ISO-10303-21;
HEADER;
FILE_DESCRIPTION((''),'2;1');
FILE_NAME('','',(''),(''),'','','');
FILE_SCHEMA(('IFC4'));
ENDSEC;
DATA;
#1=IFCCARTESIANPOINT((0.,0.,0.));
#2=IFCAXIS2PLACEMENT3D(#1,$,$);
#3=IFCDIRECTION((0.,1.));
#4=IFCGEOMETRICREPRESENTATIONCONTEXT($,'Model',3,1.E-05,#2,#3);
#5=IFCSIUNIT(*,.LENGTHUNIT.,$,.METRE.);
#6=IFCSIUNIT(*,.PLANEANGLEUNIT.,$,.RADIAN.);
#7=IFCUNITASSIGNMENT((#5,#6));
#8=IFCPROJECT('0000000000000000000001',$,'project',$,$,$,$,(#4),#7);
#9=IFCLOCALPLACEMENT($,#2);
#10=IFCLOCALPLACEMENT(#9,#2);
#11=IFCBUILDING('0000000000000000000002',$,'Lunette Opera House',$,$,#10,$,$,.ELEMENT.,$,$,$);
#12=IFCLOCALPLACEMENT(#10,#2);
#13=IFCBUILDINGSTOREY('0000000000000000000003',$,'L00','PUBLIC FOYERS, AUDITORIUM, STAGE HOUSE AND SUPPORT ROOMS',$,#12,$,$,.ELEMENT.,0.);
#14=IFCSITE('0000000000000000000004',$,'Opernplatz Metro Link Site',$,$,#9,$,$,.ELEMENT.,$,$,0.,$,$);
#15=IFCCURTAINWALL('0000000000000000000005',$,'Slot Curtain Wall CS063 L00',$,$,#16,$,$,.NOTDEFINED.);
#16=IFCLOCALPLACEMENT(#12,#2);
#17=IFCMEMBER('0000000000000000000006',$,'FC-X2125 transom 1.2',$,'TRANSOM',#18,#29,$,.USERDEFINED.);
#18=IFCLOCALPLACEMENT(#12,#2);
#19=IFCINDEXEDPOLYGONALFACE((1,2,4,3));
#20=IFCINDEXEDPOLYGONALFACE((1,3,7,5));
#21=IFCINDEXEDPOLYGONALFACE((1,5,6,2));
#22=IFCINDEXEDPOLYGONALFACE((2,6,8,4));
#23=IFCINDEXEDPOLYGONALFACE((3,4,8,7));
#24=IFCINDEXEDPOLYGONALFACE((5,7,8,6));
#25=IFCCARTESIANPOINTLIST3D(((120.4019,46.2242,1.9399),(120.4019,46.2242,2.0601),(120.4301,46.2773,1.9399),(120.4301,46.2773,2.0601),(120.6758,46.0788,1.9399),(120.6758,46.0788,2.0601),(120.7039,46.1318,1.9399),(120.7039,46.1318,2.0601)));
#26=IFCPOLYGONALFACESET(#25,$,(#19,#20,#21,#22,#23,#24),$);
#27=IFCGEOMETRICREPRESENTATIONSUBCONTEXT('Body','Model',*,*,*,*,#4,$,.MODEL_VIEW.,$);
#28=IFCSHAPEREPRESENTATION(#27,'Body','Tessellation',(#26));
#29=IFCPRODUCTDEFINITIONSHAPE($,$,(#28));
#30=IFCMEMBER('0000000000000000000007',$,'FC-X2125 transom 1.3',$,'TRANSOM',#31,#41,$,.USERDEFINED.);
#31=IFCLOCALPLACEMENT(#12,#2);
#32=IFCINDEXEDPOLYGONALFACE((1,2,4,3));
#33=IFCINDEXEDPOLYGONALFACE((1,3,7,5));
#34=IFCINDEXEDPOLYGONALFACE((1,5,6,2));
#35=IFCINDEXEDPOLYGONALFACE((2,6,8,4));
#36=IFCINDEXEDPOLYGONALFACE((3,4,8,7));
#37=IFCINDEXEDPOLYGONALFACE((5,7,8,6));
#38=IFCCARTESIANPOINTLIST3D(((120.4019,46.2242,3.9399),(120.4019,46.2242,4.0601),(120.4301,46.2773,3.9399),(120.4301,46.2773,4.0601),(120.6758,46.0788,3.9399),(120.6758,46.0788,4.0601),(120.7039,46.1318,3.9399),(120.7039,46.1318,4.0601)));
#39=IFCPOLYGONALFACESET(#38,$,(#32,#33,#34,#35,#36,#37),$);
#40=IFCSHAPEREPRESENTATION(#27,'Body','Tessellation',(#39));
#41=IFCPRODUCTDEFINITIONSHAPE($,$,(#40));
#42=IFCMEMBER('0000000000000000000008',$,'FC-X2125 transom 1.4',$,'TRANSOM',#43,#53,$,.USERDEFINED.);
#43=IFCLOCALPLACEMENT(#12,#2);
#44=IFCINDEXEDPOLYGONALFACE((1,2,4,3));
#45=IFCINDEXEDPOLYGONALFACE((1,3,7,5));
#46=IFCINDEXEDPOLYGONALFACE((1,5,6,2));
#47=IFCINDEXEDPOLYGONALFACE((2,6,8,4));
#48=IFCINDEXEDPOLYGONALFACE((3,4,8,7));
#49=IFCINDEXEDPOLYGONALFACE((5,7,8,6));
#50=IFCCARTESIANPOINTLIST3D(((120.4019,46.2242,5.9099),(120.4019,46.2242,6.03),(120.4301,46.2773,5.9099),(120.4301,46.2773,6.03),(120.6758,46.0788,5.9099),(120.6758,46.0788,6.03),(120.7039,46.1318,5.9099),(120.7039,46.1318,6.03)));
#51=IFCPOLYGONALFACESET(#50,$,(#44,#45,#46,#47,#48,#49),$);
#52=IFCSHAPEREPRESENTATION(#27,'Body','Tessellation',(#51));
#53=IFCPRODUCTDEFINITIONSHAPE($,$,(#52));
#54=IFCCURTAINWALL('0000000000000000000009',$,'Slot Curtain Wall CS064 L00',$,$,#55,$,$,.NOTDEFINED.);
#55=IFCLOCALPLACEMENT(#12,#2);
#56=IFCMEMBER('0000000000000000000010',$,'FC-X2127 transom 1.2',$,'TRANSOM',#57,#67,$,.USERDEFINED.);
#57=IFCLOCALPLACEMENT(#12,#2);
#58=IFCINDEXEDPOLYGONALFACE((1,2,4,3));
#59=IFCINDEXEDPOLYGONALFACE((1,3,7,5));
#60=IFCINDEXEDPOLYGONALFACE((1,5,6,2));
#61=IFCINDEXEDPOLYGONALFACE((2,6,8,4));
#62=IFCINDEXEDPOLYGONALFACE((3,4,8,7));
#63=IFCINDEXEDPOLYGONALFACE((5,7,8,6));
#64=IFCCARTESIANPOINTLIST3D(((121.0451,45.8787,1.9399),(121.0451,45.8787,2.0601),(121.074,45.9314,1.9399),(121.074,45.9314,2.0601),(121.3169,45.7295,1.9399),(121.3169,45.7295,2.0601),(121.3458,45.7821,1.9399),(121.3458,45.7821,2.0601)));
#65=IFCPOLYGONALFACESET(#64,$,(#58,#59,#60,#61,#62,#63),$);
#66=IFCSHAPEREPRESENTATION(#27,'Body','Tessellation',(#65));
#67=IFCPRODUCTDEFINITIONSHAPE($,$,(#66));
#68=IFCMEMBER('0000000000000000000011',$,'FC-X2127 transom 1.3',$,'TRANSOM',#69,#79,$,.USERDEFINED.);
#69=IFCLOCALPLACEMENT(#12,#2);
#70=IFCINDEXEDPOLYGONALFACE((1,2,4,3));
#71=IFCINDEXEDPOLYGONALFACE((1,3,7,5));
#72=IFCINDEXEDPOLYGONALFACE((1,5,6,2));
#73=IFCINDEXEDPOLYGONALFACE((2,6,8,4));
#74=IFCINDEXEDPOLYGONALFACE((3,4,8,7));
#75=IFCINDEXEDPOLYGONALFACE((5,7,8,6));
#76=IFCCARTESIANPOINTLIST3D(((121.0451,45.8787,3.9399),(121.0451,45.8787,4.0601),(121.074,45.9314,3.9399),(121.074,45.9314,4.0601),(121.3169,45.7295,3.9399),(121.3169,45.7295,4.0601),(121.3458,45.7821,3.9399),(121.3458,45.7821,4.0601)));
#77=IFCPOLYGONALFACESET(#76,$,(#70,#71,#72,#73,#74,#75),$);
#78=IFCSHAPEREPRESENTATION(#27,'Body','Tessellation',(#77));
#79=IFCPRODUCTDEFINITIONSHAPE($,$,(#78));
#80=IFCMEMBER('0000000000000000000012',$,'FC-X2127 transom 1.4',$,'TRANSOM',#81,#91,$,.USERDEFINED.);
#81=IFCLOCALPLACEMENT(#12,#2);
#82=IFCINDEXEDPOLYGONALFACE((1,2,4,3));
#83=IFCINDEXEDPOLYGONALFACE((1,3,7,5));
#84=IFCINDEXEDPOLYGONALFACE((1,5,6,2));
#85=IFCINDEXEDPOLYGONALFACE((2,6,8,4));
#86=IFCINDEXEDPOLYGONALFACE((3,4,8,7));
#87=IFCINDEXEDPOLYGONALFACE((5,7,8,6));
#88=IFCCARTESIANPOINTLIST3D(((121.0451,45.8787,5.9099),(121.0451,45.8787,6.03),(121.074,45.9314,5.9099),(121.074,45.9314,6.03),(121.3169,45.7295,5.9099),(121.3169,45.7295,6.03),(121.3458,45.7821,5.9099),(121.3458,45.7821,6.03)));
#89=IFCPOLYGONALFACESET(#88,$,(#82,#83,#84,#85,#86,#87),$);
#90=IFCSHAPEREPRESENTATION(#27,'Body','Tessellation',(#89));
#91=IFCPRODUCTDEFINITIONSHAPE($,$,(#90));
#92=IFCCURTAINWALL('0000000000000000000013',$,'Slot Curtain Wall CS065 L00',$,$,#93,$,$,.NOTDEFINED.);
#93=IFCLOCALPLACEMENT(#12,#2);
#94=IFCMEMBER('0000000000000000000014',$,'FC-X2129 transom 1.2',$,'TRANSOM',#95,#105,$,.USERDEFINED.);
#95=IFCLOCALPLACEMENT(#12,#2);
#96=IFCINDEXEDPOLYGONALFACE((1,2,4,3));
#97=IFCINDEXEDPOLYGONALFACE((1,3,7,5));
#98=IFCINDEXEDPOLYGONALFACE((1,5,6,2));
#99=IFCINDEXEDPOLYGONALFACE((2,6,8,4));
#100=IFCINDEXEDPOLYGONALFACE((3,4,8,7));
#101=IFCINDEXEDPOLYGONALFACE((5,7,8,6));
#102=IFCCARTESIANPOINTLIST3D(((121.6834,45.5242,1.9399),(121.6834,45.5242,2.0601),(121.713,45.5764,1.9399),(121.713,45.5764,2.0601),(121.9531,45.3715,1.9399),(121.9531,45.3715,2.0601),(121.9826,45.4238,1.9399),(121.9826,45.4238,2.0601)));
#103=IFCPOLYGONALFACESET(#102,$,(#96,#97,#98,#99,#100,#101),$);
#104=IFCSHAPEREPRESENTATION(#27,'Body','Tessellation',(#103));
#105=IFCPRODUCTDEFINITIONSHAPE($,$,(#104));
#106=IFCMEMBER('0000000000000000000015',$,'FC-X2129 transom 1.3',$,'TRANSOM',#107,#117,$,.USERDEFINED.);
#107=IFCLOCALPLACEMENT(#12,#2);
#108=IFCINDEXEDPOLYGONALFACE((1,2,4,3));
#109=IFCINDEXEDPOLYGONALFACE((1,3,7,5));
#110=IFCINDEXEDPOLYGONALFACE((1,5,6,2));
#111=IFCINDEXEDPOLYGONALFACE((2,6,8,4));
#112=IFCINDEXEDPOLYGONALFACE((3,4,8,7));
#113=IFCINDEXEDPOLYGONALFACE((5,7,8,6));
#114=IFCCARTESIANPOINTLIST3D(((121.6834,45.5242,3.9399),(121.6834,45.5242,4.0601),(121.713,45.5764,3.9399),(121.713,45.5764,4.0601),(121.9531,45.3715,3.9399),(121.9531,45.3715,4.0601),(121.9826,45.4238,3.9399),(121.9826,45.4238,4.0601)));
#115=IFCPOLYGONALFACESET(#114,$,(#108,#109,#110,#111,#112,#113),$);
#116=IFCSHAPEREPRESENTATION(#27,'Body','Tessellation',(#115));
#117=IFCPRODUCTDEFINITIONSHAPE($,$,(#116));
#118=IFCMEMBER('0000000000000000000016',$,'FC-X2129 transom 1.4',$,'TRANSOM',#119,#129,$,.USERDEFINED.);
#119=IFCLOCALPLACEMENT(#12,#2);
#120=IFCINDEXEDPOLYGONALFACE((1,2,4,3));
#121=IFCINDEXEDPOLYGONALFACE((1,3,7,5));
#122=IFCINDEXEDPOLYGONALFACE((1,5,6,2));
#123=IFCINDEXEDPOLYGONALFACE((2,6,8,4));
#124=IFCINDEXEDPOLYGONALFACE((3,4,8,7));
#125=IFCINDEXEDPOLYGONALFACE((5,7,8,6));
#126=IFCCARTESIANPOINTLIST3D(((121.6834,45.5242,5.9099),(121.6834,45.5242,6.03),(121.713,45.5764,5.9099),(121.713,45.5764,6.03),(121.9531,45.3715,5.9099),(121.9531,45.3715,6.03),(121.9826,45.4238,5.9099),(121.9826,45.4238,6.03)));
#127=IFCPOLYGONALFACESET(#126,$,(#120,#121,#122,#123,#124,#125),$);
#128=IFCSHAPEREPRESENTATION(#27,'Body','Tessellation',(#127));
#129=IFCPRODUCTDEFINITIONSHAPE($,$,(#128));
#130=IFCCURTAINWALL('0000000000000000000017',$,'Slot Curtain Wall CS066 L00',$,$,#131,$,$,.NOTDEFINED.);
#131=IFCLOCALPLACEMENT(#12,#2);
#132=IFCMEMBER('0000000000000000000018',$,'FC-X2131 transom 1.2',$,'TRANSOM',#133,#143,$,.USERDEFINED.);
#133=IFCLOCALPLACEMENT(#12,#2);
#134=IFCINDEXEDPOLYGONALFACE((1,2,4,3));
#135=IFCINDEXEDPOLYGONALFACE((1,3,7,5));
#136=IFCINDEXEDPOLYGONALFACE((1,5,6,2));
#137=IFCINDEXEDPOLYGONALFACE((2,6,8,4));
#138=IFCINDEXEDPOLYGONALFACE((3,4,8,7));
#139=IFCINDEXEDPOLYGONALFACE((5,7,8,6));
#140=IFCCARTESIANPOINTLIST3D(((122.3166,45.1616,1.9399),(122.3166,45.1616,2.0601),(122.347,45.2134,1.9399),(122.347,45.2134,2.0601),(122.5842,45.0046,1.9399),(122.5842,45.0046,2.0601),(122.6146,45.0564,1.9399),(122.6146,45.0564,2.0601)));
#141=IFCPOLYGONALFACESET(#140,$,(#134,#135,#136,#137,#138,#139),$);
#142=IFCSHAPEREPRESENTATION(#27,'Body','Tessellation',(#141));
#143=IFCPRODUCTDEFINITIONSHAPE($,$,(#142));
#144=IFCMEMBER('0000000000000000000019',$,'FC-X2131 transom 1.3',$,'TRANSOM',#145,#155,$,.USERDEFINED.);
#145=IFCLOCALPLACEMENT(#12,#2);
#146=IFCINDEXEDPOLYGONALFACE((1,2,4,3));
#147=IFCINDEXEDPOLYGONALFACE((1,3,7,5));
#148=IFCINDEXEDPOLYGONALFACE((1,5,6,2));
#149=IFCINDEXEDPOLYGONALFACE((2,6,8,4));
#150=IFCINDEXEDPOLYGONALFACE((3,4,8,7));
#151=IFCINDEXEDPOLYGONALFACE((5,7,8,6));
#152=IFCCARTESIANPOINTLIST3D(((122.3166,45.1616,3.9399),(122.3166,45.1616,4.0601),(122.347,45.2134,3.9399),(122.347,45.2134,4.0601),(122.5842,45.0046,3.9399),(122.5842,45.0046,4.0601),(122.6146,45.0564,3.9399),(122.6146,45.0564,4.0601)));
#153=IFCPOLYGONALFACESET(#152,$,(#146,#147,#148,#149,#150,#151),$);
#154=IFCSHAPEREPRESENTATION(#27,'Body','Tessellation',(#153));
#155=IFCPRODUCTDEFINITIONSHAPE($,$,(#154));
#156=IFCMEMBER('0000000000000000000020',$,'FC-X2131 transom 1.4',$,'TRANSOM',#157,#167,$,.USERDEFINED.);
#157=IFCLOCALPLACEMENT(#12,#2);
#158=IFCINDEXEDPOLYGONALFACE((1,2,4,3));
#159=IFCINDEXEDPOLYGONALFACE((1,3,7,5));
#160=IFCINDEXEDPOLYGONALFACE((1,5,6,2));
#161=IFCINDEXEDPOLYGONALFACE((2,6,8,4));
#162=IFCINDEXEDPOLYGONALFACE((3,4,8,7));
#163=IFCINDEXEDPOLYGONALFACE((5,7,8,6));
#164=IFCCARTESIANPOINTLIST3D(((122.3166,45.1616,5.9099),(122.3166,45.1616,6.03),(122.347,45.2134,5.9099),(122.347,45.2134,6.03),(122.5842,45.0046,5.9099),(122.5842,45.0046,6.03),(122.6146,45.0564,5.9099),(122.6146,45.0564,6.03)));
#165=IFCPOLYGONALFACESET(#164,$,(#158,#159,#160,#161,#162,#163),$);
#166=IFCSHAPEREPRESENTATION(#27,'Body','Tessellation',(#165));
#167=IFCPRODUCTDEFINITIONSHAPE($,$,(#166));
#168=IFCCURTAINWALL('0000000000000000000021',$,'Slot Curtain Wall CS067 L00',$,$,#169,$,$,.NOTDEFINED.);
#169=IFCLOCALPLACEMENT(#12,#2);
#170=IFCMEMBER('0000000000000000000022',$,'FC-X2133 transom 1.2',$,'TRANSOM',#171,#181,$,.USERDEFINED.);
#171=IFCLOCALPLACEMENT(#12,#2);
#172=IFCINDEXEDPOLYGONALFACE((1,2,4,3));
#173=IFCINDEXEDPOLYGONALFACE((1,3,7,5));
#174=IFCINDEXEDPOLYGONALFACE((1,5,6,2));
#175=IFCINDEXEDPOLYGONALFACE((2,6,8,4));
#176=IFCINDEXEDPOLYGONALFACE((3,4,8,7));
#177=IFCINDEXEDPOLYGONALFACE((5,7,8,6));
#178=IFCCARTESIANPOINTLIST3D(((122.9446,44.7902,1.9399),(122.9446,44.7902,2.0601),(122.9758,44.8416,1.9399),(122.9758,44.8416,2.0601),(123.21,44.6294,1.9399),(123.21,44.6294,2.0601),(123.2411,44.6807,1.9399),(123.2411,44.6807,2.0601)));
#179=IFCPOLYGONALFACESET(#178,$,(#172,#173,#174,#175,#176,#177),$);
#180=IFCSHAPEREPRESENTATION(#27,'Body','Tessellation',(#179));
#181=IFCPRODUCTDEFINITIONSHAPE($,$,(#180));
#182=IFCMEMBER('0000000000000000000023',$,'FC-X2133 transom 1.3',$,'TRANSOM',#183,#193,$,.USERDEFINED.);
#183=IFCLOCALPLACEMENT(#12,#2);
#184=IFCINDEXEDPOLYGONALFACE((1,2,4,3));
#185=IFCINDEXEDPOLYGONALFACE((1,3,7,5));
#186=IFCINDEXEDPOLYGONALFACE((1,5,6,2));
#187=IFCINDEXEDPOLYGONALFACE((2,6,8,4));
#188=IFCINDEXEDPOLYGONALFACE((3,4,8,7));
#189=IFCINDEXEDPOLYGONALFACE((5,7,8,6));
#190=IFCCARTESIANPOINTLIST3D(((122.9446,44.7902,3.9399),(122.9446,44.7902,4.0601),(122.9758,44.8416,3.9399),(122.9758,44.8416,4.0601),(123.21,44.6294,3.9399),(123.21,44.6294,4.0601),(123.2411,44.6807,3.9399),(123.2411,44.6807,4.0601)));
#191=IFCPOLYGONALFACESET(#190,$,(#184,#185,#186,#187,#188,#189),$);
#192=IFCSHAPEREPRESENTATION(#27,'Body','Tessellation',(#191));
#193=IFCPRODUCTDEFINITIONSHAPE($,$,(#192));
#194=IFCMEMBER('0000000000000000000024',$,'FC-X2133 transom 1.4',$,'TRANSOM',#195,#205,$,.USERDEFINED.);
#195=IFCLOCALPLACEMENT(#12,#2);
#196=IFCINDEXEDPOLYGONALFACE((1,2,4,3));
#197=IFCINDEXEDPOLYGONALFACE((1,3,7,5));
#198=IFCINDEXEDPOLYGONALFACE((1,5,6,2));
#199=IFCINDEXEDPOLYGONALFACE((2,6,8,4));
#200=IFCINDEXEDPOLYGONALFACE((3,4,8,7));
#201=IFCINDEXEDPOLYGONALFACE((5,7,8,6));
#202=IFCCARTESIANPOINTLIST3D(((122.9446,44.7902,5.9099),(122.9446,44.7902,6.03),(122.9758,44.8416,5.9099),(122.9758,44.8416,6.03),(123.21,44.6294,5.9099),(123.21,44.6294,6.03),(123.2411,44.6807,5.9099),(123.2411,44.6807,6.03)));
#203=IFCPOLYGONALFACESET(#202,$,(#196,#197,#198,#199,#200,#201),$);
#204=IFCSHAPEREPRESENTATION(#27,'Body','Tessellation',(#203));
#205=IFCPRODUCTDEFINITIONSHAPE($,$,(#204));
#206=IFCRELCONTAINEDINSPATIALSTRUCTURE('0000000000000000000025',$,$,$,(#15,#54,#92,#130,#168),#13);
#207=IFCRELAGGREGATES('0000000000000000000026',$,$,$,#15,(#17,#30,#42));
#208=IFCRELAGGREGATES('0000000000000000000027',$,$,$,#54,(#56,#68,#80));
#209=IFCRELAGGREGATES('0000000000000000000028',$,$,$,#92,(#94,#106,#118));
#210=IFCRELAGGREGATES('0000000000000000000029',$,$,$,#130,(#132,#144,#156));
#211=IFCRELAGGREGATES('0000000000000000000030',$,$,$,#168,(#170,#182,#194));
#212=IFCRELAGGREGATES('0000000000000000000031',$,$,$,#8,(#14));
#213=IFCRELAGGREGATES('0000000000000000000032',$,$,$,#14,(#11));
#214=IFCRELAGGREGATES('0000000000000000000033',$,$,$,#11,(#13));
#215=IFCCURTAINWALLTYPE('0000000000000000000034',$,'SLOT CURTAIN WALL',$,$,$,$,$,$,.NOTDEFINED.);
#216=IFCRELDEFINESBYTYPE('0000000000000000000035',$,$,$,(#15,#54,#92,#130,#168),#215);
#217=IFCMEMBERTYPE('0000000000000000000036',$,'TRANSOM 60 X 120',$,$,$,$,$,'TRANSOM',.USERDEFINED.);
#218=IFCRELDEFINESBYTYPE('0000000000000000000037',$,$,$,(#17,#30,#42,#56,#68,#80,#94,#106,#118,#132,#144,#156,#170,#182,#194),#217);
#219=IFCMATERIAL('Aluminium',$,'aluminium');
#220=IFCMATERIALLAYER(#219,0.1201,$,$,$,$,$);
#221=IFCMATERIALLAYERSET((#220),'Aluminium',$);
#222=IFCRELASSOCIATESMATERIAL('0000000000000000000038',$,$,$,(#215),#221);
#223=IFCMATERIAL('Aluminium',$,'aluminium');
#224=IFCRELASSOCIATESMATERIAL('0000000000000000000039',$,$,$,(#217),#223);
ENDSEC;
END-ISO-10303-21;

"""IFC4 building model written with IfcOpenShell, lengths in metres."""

from ifc_helpers import new_model, si_unit, direction, frame, origin, origin_2d, place, context, subcontext, project, spatial, rectangle, extrude, material, layer, layer_set, material_profile, profile_set, type_object, element, aggregate, save


model = new_model("IFC4")

# Units and contexts
model_context = context("Model", 3, precision=1e-05, world=origin(), true_north=direction((0.0, 1.0)))
body_context = subcontext(model_context, "Body", "Model", "MODEL_VIEW")
ifc_project = project(units=[si_unit("LENGTHUNIT", "METRE"), si_unit("PLANEANGLEUNIT", "RADIAN")], contexts=[model_context])

# Site, building, storey
site_placement = place(None, origin())
site = spatial("IfcSite", under=ifc_project, at=site_placement, Name="Opernplatz Metro Link Site", CompositionType="ELEMENT", RefElevation=0.0)
building_placement = place(site_placement, origin())
building = spatial("IfcBuilding", under=site, at=building_placement, Name="Lunette Opera House", CompositionType="ELEMENT")
storey_placement = place(building_placement, origin())
storey = spatial("IfcBuildingStorey", under=building, at=storey_placement, Name="L00", Description="PUBLIC FOYERS, AUDITORIUM, STAGE HOUSE AND SUPPORT ROOMS", CompositionType="ELEMENT", Elevation=0.0)

# Curtain walls, members
ifc_material_1 = material(Name="Aluminium", Category="aluminium")
ifc_layer_1 = layer(ifc_material_1, 0.1201)
ifc_layer_set_1 = layer_set([ifc_layer_1], Name="Aluminium")
curtain_wall_type = type_object("IfcCurtainWallType", Name="SLOT CURTAIN WALL", PredefinedType="NOTDEFINED", material=ifc_layer_set_1)
curtain_wall_1_placement = place(storey_placement, origin())
curtain_wall_1 = element("IfcCurtainWall", 1, at=curtain_wall_1_placement, inside=storey, type_object=curtain_wall_type, Name="Slot Curtain Wall CS063 L00", PredefinedType="NOTDEFINED")
ifc_material_2 = material(Name="Aluminium", Category="aluminium")
ifc_material_profile = material_profile(ifc_material_2, rectangle(XDim=0.0601, YDim=0.1201, at=origin_2d()), Name="TRANSOM 60 X 120")
ifc_profile_set = profile_set([ifc_material_profile], Name="Aluminium")
member_type = type_object("IfcMemberType", Name="TRANSOM 60 X 120", ElementType="TRANSOM", PredefinedType="USERDEFINED", material=ifc_profile_set)
member_1_placement = place(storey_placement, frame((120.416, 46.2507, 2.0), z_axis=(0.883136, -0.469117, 0.0), x_axis=(0.469117, 0.883136, 0.0)))
member_1 = element("IfcMember", 2, at=member_1_placement, type_object=member_type, Name="FC-X2125 transom 1.2", ObjectType="TRANSOM", PredefinedType="USERDEFINED", context=body_context, shape_type="SweptSolid", body=[
    extrude(rectangle(XDim=0.0601, YDim=0.1201, at=origin_2d()), origin(), (0.0, 0.0, 1.0), 0.3101),
])
member_2_placement = place(storey_placement, frame((120.416, 46.2507, 4.0), z_axis=(0.883136, -0.469117, 0.0), x_axis=(0.469117, 0.883136, 0.0)))
member_2 = element("IfcMember", 3, at=member_2_placement, type_object=member_type, Name="FC-X2125 transom 1.3", ObjectType="TRANSOM", PredefinedType="USERDEFINED", context=body_context, shape_type="SweptSolid", body=[
    extrude(rectangle(XDim=0.0601, YDim=0.1201, at=origin_2d()), origin(), (0.0, 0.0, 1.0), 0.3101),
])
member_3_placement = place(storey_placement, frame((120.416, 46.2507, 5.97), z_axis=(0.883136, -0.469117, 0.0), x_axis=(0.469117, 0.883136, 0.0)))
member_3 = element("IfcMember", 4, at=member_3_placement, type_object=member_type, Name="FC-X2125 transom 1.4", ObjectType="TRANSOM", PredefinedType="USERDEFINED", context=body_context, shape_type="SweptSolid", body=[
    extrude(rectangle(XDim=0.0601, YDim=0.1201, at=origin_2d()), origin(), (0.0, 0.0, 1.0), 0.3101),
])
curtain_wall_2_placement = place(storey_placement, origin())
curtain_wall_2 = element("IfcCurtainWall", 5, at=curtain_wall_2_placement, inside=storey, type_object=curtain_wall_type, Name="Slot Curtain Wall CS064 L00", PredefinedType="NOTDEFINED")
member_4_placement = place(storey_placement, frame((121.0596, 45.905, 2.0), z_axis=(0.876598, -0.481223, 0.0), x_axis=(0.481223, 0.876598, 0.0)))
member_4 = element("IfcMember", 6, at=member_4_placement, type_object=member_type, Name="FC-X2127 transom 1.2", ObjectType="TRANSOM", PredefinedType="USERDEFINED", context=body_context, shape_type="SweptSolid", body=[
    extrude(rectangle(XDim=0.0601, YDim=0.1201, at=origin_2d()), origin(), (0.0, 0.0, 1.0), 0.3101),
])
member_5_placement = place(storey_placement, frame((121.0596, 45.905, 4.0), z_axis=(0.876598, -0.481223, 0.0), x_axis=(0.481223, 0.876598, 0.0)))
member_5 = element("IfcMember", 7, at=member_5_placement, type_object=member_type, Name="FC-X2127 transom 1.3", ObjectType="TRANSOM", PredefinedType="USERDEFINED", context=body_context, shape_type="SweptSolid", body=[
    extrude(rectangle(XDim=0.0601, YDim=0.1201, at=origin_2d()), origin(), (0.0, 0.0, 1.0), 0.3101),
])
member_6_placement = place(storey_placement, frame((121.0596, 45.905, 5.97), z_axis=(0.876598, -0.481223, 0.0), x_axis=(0.481223, 0.876598, 0.0)))
member_6 = element("IfcMember", 8, at=member_6_placement, type_object=member_type, Name="FC-X2127 transom 1.4", ObjectType="TRANSOM", PredefinedType="USERDEFINED", context=body_context, shape_type="SweptSolid", body=[
    extrude(rectangle(XDim=0.0601, YDim=0.1201, at=origin_2d()), origin(), (0.0, 0.0, 1.0), 0.3101),
])
curtain_wall_3_placement = place(storey_placement, origin())
curtain_wall_3 = element("IfcCurtainWall", 9, at=curtain_wall_3_placement, inside=storey, type_object=curtain_wall_type, Name="Slot Curtain Wall CS065 L00", PredefinedType="NOTDEFINED")
member_7_placement = place(storey_placement, frame((121.6982, 45.5503, 2.0), z_axis=(0.870225, -0.492655, 0.0), x_axis=(0.492655, 0.870225, 0.0)))
member_7 = element("IfcMember", 10, at=member_7_placement, type_object=member_type, Name="FC-X2129 transom 1.2", ObjectType="TRANSOM", PredefinedType="USERDEFINED", context=body_context, shape_type="SweptSolid", body=[
    extrude(rectangle(XDim=0.0601, YDim=0.1201, at=origin_2d()), origin(), (0.0, 0.0, 1.0), 0.3098),
])
member_8_placement = place(storey_placement, frame((121.6982, 45.5503, 4.0), z_axis=(0.870225, -0.492655, 0.0), x_axis=(0.492655, 0.870225, 0.0)))
member_8 = element("IfcMember", 11, at=member_8_placement, type_object=member_type, Name="FC-X2129 transom 1.3", ObjectType="TRANSOM", PredefinedType="USERDEFINED", context=body_context, shape_type="SweptSolid", body=[
    extrude(rectangle(XDim=0.0601, YDim=0.1201, at=origin_2d()), origin(), (0.0, 0.0, 1.0), 0.3098),
])
member_9_placement = place(storey_placement, frame((121.6982, 45.5503, 5.97), z_axis=(0.870225, -0.492655, 0.0), x_axis=(0.492655, 0.870225, 0.0)))
member_9 = element("IfcMember", 12, at=member_9_placement, type_object=member_type, Name="FC-X2129 transom 1.4", ObjectType="TRANSOM", PredefinedType="USERDEFINED", context=body_context, shape_type="SweptSolid", body=[
    extrude(rectangle(XDim=0.0601, YDim=0.1201, at=origin_2d()), origin(), (0.0, 0.0, 1.0), 0.3098),
])
curtain_wall_4_placement = place(storey_placement, origin())
curtain_wall_4 = element("IfcCurtainWall", 13, at=curtain_wall_4_placement, inside=storey, type_object=curtain_wall_type, Name="Slot Curtain Wall CS066 L00", PredefinedType="NOTDEFINED")
member_10_placement = place(storey_placement, frame((122.3318, 45.1875, 2.0), z_axis=(0.86252, -0.506022, 0.0), x_axis=(0.506022, 0.86252, 0.0)))
member_10 = element("IfcMember", 14, at=member_10_placement, type_object=member_type, Name="FC-X2131 transom 1.2", ObjectType="TRANSOM", PredefinedType="USERDEFINED", context=body_context, shape_type="SweptSolid", body=[
    extrude(rectangle(XDim=0.0601, YDim=0.1201, at=origin_2d()), origin(), (0.0, 0.0, 1.0), 0.3103),
])
member_11_placement = place(storey_placement, frame((122.3318, 45.1875, 4.0), z_axis=(0.86252, -0.506022, 0.0), x_axis=(0.506022, 0.86252, 0.0)))
member_11 = element("IfcMember", 15, at=member_11_placement, type_object=member_type, Name="FC-X2131 transom 1.3", ObjectType="TRANSOM", PredefinedType="USERDEFINED", context=body_context, shape_type="SweptSolid", body=[
    extrude(rectangle(XDim=0.0601, YDim=0.1201, at=origin_2d()), origin(), (0.0, 0.0, 1.0), 0.3103),
])
member_12_placement = place(storey_placement, frame((122.3318, 45.1875, 5.97), z_axis=(0.86252, -0.506022, 0.0), x_axis=(0.506022, 0.86252, 0.0)))
member_12 = element("IfcMember", 16, at=member_12_placement, type_object=member_type, Name="FC-X2131 transom 1.4", ObjectType="TRANSOM", PredefinedType="USERDEFINED", context=body_context, shape_type="SweptSolid", body=[
    extrude(rectangle(XDim=0.0601, YDim=0.1201, at=origin_2d()), origin(), (0.0, 0.0, 1.0), 0.3103),
])
curtain_wall_5_placement = place(storey_placement, origin())
curtain_wall_5 = element("IfcCurtainWall", 17, at=curtain_wall_5_placement, inside=storey, type_object=curtain_wall_type, Name="Slot Curtain Wall CS067 L00", PredefinedType="NOTDEFINED")
member_13_placement = place(storey_placement, frame((122.9602, 44.8159, 2.0), z_axis=(0.855124, -0.518424, 0.0), x_axis=(0.518424, 0.855124, 0.0)))
member_13 = element("IfcMember", 18, at=member_13_placement, type_object=member_type, Name="FC-X2133 transom 1.2", ObjectType="TRANSOM", PredefinedType="USERDEFINED", context=body_context, shape_type="SweptSolid", body=[
    extrude(rectangle(XDim=0.0601, YDim=0.1201, at=origin_2d()), origin(), (0.0, 0.0, 1.0), 0.3103),
])
member_14_placement = place(storey_placement, frame((122.9602, 44.8159, 4.0), z_axis=(0.855124, -0.518424, 0.0), x_axis=(0.518424, 0.855124, 0.0)))
member_14 = element("IfcMember", 19, at=member_14_placement, type_object=member_type, Name="FC-X2133 transom 1.3", ObjectType="TRANSOM", PredefinedType="USERDEFINED", context=body_context, shape_type="SweptSolid", body=[
    extrude(rectangle(XDim=0.0601, YDim=0.1201, at=origin_2d()), origin(), (0.0, 0.0, 1.0), 0.3103),
])
member_15_placement = place(storey_placement, frame((122.9602, 44.8159, 5.97), z_axis=(0.855124, -0.518424, 0.0), x_axis=(0.518424, 0.855124, 0.0)))
member_15 = element("IfcMember", 20, at=member_15_placement, type_object=member_type, Name="FC-X2133 transom 1.4", ObjectType="TRANSOM", PredefinedType="USERDEFINED", context=body_context, shape_type="SweptSolid", body=[
    extrude(rectangle(XDim=0.0601, YDim=0.1201, at=origin_2d()), origin(), (0.0, 0.0, 1.0), 0.3103),
])

aggregate(curtain_wall_1, [member_1, member_2, member_3])
aggregate(curtain_wall_2, [member_4, member_5, member_6])
aggregate(curtain_wall_3, [member_7, member_8, member_9])
aggregate(curtain_wall_4, [member_10, member_11, member_12])
aggregate(curtain_wall_5, [member_13, member_14, member_15])

save(model, "model.ifc")
